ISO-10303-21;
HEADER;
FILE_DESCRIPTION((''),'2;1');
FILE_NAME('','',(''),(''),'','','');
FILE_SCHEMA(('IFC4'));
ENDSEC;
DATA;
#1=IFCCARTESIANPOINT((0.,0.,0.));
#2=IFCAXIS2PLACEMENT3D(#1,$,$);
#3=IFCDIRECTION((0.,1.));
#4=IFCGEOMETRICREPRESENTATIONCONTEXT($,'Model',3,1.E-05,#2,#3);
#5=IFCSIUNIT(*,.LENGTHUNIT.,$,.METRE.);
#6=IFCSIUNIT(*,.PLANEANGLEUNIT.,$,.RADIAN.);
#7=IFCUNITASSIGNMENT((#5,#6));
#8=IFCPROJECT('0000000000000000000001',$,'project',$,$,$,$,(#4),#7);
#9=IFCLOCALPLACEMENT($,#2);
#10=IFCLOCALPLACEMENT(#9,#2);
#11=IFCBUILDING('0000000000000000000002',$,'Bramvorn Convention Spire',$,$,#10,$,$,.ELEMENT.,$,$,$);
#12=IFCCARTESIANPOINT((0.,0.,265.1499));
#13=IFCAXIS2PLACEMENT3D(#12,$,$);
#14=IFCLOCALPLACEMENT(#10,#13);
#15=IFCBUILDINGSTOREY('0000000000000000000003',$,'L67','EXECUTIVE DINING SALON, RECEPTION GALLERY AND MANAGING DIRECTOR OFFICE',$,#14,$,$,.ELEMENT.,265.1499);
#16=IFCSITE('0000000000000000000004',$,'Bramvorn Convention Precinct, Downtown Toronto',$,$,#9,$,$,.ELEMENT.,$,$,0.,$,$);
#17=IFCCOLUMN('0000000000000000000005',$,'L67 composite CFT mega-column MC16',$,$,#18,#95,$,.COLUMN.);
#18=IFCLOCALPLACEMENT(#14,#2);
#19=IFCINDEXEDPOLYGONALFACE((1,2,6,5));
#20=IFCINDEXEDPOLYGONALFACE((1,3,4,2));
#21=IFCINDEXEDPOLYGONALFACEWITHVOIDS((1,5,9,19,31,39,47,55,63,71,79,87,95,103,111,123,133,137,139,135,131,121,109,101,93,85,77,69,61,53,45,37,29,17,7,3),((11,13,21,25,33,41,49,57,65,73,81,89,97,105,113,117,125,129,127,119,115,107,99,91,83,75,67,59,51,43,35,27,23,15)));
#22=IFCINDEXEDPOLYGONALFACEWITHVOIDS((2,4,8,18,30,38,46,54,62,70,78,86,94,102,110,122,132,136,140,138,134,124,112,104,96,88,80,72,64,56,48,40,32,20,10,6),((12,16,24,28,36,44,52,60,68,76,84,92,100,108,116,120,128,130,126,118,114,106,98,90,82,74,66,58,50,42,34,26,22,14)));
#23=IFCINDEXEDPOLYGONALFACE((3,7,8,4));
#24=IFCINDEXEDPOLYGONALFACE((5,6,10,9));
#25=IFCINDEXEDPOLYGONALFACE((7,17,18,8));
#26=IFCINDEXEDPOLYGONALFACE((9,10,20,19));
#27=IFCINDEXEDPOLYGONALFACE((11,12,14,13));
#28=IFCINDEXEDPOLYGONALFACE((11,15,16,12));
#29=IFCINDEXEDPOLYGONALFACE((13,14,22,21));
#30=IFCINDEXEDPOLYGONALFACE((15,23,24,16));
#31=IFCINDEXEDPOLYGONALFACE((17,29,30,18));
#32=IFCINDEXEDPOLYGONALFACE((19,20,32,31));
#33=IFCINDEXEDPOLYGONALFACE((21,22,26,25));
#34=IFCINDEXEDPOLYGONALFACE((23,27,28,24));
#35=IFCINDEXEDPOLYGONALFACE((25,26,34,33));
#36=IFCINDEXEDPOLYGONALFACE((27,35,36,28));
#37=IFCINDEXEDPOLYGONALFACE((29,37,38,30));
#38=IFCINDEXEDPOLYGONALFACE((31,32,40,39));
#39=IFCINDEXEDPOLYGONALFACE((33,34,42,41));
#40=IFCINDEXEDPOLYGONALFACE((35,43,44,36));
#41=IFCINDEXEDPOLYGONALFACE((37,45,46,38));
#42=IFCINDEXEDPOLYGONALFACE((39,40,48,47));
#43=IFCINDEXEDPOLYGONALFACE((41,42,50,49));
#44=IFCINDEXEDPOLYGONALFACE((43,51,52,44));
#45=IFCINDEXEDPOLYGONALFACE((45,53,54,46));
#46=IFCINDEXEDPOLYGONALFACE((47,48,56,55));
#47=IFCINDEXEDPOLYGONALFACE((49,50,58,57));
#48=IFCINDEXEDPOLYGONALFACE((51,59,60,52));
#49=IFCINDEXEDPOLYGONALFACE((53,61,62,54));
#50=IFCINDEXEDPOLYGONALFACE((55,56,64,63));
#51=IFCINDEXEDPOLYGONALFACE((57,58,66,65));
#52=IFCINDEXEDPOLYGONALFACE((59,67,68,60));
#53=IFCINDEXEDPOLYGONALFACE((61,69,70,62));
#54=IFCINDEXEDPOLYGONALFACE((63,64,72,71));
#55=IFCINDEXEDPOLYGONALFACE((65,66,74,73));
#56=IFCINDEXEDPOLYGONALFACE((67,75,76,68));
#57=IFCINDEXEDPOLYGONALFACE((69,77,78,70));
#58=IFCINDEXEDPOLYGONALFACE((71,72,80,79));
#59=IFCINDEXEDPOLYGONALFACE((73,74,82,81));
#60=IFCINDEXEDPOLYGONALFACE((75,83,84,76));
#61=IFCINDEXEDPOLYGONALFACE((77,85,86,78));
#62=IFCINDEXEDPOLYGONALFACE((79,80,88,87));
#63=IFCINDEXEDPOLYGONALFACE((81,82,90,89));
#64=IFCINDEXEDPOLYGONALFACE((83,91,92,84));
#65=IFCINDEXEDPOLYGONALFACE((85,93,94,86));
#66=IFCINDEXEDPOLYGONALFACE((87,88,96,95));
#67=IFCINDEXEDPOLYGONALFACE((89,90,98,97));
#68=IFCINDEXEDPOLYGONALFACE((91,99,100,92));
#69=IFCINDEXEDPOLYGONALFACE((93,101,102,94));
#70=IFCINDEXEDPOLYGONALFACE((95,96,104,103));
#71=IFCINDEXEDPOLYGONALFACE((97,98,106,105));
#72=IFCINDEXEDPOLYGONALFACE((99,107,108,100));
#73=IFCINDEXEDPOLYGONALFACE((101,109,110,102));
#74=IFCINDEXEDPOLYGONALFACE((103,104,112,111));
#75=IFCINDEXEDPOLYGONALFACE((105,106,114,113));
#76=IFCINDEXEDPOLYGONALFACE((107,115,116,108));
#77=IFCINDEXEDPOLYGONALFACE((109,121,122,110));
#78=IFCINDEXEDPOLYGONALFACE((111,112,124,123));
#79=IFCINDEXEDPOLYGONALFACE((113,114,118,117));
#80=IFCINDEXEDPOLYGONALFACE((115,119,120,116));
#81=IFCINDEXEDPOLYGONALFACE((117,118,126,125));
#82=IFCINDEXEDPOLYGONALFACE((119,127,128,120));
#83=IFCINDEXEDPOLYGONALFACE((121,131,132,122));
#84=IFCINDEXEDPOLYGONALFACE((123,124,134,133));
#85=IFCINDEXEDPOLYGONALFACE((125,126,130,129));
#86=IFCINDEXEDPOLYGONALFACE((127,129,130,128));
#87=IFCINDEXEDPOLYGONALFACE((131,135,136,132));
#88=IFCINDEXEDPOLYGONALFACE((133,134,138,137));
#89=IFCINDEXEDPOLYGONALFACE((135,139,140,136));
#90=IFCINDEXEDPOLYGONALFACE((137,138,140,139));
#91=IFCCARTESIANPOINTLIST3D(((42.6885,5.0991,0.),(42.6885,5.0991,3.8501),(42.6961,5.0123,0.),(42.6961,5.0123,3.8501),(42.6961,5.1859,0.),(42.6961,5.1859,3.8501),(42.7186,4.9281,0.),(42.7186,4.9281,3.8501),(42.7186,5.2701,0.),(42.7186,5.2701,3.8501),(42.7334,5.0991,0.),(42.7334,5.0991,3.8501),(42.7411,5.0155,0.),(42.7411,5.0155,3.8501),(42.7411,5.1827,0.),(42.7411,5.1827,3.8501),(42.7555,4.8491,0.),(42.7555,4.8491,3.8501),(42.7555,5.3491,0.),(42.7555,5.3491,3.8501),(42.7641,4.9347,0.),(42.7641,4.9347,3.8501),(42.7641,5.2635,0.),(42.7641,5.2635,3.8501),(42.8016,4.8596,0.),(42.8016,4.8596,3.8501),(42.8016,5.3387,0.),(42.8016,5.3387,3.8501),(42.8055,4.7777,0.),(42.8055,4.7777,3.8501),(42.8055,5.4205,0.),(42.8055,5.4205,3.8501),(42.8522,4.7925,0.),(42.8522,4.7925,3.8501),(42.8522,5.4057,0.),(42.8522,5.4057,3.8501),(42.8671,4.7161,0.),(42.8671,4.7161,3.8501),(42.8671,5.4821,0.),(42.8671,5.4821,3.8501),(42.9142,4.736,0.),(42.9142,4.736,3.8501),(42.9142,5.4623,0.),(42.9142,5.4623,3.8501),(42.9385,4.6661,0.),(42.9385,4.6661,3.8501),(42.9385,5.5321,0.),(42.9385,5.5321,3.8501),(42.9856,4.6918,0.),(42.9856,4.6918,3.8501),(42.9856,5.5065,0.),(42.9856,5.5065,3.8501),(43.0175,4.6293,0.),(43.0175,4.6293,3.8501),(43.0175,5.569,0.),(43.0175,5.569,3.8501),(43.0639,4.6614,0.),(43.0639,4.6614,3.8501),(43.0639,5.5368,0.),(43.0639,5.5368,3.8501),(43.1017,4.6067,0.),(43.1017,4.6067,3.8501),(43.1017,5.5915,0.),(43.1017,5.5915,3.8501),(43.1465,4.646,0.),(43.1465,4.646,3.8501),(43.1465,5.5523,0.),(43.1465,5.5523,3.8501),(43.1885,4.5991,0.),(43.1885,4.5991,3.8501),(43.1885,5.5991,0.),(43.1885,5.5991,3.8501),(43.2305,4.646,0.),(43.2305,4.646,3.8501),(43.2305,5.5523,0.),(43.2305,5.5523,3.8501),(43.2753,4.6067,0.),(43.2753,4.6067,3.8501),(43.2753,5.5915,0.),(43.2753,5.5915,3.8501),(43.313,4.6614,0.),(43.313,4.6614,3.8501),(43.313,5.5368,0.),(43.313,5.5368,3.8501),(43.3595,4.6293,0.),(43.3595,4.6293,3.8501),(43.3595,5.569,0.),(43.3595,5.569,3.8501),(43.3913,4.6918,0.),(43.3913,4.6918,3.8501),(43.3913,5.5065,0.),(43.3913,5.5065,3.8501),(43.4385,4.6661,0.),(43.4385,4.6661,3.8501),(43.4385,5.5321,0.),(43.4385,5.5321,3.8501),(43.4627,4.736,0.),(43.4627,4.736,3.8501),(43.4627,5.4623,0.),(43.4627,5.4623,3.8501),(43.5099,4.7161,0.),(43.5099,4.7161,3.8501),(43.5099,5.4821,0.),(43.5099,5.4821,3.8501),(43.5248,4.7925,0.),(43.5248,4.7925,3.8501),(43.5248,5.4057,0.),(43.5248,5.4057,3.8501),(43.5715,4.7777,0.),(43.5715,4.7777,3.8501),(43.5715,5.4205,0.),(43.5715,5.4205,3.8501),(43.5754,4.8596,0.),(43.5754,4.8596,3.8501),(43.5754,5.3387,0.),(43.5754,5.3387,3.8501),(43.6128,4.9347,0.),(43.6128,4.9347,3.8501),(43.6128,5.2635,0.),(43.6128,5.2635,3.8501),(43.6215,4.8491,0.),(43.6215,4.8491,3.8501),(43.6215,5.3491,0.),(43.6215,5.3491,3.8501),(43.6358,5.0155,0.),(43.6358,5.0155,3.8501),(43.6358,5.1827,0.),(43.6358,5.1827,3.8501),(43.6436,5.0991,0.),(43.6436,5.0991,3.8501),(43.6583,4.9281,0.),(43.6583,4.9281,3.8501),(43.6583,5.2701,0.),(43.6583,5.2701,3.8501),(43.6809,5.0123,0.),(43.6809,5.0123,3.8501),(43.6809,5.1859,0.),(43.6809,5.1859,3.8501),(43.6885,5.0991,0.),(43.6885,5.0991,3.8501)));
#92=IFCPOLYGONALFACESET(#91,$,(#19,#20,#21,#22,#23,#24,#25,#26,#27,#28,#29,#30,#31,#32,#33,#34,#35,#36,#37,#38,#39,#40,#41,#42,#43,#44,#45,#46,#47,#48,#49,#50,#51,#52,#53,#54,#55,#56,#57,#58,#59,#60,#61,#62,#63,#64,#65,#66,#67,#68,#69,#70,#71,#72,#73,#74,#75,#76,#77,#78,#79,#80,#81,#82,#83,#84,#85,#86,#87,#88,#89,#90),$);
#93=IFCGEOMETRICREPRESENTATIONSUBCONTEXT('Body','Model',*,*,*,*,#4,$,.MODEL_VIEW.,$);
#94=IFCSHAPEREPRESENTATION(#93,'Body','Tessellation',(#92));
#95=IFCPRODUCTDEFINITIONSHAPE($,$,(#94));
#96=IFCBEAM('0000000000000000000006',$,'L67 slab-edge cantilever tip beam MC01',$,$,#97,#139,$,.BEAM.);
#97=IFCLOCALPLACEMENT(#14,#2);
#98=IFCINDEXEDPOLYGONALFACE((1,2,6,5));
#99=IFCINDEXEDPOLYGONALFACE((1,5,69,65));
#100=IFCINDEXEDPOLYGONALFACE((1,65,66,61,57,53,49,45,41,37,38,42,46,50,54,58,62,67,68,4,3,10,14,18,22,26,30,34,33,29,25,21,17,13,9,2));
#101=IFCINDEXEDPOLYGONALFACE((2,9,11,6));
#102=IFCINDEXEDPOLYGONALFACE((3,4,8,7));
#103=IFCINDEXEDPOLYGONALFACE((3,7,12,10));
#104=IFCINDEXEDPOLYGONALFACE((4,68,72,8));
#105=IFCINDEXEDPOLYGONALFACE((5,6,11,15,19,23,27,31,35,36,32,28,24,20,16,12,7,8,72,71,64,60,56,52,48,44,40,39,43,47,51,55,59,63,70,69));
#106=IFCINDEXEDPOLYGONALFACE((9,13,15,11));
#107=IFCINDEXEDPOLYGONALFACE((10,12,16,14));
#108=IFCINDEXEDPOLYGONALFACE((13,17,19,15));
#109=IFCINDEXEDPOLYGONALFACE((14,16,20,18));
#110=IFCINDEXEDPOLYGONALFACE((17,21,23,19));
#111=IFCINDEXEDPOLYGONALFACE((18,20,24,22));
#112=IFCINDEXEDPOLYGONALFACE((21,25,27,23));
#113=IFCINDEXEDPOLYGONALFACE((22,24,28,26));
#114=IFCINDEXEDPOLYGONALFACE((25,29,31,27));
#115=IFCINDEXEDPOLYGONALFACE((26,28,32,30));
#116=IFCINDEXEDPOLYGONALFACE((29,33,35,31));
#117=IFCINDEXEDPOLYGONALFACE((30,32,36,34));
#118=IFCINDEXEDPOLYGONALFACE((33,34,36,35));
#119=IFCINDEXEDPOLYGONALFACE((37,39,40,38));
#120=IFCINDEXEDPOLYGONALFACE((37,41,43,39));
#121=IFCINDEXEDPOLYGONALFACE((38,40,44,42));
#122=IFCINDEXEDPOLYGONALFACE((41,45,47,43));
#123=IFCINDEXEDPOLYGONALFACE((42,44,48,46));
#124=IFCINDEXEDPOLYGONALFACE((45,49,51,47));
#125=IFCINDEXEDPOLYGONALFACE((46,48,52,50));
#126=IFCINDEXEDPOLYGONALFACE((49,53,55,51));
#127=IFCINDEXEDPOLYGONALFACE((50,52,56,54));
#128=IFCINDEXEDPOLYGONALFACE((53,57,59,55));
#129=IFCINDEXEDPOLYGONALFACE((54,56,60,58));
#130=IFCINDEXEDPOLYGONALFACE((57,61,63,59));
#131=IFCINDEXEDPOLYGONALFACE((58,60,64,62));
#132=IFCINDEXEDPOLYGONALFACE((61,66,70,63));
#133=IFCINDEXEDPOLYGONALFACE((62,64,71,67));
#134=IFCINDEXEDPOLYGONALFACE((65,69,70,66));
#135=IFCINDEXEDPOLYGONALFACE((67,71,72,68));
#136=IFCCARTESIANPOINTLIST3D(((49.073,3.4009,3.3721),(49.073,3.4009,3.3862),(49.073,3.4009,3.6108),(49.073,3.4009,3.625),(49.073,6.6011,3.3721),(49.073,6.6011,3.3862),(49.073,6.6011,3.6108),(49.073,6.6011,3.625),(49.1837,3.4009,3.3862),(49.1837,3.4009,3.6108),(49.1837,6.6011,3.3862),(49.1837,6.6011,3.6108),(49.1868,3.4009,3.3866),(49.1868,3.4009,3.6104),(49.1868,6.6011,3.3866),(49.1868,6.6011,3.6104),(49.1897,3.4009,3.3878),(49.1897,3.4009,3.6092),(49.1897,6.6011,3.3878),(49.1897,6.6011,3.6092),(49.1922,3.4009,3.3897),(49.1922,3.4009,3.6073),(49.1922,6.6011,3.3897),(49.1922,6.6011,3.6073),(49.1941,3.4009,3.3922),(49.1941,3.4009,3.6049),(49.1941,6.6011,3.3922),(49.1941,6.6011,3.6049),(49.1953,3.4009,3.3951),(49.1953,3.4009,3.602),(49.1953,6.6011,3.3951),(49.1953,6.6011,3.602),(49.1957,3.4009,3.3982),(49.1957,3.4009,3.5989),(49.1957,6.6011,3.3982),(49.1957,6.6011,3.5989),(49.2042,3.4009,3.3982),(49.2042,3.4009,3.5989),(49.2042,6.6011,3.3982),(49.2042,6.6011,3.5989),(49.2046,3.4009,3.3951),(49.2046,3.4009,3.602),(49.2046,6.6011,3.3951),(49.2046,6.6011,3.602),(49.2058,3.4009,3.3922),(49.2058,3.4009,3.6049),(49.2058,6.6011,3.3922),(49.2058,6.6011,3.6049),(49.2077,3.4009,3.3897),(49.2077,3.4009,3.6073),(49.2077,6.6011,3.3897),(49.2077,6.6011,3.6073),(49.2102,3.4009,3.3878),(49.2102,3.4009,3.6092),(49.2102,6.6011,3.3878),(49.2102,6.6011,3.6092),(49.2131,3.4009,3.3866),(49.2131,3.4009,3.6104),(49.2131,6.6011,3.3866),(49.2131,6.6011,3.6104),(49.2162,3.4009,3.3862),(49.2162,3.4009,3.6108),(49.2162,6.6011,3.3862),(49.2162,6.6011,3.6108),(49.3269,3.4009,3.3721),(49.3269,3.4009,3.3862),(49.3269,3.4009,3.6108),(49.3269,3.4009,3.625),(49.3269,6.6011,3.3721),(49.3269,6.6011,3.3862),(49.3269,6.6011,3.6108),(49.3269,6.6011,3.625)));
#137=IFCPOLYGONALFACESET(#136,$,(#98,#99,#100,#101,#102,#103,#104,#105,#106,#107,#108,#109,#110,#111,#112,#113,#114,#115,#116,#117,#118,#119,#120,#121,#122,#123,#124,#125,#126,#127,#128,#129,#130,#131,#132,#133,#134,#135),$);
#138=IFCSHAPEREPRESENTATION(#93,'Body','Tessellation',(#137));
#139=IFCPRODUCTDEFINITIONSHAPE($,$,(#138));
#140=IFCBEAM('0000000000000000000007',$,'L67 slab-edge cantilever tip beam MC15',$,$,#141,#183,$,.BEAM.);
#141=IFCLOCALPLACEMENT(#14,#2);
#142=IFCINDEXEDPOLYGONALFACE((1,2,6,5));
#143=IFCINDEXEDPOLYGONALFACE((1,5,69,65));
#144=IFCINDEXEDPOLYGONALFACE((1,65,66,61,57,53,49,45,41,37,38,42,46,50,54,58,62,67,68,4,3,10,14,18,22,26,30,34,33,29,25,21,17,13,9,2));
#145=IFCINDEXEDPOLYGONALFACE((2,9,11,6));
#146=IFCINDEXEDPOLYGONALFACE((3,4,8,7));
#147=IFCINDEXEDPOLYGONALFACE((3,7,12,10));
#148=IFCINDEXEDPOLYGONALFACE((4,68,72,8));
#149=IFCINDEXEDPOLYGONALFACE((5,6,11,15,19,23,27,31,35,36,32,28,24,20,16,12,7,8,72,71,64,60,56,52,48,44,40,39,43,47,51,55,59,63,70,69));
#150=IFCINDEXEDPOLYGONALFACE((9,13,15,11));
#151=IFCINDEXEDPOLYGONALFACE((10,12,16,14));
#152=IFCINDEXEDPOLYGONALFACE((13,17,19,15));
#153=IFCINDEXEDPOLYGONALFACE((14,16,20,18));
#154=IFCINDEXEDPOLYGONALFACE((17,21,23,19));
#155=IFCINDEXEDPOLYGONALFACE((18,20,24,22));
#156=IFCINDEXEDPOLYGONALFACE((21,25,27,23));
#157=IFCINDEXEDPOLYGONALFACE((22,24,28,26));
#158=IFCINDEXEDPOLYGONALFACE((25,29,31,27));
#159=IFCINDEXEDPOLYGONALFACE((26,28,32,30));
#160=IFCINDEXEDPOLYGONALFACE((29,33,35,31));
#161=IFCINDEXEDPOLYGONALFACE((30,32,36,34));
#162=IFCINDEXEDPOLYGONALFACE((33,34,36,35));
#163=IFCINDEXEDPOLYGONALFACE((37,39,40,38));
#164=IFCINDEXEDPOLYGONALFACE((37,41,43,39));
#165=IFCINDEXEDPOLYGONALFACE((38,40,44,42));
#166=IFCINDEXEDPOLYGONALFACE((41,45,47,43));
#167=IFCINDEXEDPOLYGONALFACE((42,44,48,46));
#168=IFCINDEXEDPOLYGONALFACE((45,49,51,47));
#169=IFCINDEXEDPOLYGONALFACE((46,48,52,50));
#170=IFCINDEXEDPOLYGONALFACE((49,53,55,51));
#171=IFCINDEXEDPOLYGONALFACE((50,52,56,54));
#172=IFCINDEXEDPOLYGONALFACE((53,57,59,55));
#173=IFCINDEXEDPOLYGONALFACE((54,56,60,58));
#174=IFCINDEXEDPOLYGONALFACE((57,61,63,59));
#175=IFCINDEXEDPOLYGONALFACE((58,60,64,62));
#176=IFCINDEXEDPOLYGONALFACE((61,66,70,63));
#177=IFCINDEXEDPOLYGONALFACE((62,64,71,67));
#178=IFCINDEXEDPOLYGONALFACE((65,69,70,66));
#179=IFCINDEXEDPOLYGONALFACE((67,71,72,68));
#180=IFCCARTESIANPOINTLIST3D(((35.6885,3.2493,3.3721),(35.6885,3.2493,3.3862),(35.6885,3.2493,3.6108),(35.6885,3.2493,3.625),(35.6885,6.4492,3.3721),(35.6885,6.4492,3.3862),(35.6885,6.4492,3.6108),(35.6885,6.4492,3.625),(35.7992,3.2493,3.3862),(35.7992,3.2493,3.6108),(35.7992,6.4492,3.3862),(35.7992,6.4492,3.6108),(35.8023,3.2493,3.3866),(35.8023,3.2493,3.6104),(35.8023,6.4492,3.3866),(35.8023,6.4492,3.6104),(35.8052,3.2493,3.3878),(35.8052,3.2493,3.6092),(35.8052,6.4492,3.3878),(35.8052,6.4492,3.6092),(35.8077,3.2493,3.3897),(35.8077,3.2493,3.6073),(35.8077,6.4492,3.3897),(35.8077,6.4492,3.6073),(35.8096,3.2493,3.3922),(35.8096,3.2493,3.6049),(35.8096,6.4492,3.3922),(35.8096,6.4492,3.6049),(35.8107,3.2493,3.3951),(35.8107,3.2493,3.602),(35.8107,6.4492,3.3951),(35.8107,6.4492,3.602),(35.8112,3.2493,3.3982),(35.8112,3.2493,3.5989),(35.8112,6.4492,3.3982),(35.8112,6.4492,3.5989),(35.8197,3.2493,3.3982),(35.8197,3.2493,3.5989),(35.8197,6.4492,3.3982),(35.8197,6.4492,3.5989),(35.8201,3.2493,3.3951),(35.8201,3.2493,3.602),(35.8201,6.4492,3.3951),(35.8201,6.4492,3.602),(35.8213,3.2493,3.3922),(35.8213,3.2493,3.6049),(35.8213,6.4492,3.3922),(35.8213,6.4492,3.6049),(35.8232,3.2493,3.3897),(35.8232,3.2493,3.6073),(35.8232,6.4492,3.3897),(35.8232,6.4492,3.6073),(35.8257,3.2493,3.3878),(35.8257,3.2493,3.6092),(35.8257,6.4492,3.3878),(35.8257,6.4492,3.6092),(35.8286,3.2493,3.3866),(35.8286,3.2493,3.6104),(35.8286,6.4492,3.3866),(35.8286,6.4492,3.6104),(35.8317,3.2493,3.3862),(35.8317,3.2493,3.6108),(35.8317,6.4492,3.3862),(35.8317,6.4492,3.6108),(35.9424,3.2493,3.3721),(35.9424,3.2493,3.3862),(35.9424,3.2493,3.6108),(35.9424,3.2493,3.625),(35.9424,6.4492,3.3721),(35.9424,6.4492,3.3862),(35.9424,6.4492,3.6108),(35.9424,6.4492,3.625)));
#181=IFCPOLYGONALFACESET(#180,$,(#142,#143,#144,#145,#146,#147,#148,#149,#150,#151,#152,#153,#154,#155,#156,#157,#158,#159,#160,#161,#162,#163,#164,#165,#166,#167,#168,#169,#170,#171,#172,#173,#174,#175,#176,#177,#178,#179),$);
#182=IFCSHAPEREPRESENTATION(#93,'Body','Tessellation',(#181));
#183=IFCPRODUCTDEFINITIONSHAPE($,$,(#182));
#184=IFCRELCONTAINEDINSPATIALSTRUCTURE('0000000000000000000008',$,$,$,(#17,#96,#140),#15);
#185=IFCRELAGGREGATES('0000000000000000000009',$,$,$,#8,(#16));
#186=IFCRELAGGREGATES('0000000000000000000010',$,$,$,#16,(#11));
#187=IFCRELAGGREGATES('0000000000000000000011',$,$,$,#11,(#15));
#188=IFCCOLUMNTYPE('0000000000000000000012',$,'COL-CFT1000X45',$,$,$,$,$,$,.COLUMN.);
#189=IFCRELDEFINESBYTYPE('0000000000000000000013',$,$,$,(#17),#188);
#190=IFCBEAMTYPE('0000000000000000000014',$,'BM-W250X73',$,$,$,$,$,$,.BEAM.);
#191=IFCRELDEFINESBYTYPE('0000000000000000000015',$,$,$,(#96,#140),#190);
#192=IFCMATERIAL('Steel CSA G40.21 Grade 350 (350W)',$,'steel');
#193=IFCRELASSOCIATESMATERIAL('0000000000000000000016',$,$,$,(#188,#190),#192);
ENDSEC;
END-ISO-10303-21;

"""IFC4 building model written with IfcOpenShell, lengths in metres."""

from ifc_helpers import new_model, si_unit, direction, frame, origin, origin_2d, place, context, subcontext, project, spatial, hollow_circle, i_section, extrude, material, material_profile, profile_set, type_object, element, save


model = new_model("IFC4")

# Units and contexts
model_context = context("Model", 3, precision=1e-05, world=origin(), true_north=direction((0.0, 1.0)))
body_context = subcontext(model_context, "Body", "Model", "MODEL_VIEW")
ifc_project = project(units=[si_unit("LENGTHUNIT", "METRE"), si_unit("PLANEANGLEUNIT", "RADIAN")], contexts=[model_context])

# Site, building, storey
site_placement = place(None, origin())
site = spatial("IfcSite", under=ifc_project, at=site_placement, Name="Bramvorn Convention Precinct, Downtown Toronto", CompositionType="ELEMENT", RefElevation=0.0)
building_placement = place(site_placement, origin())
building = spatial("IfcBuilding", under=site, at=building_placement, Name="Bramvorn Convention Spire", CompositionType="ELEMENT")
storey_placement = place(building_placement, frame((0.0, 0.0, 265.1499)))
storey = spatial("IfcBuildingStorey", under=building, at=storey_placement, Name="L67", Description="EXECUTIVE DINING SALON, RECEPTION GALLERY AND MANAGING DIRECTOR OFFICE", CompositionType="ELEMENT", Elevation=265.1499)

# Column
ifc_material_1 = material(Name="Steel CSA G40.21 Grade 350 (350W)", Category="steel")
ifc_material_profile_1 = material_profile(ifc_material_1, hollow_circle(Radius=0.5, WallThickness=0.0449, at=origin_2d()))
ifc_profile_set_1 = profile_set([ifc_material_profile_1], Name="Steel CSA G40.21 Grade 350 (350W) - CFT1000X45")
column_type = type_object("IfcColumnType", Name="COL-CFT1000X45", PredefinedType="COLUMN", material=ifc_profile_set_1)
for number, where, z_axis, x_axis, name in (
    (1, (43.1885, 5.0991, 0.0), (0.0, 0.0, 1.0), (1.0, 0.0, 0.0), "L67 composite CFT mega-column MC16"),
):
    element("IfcColumn", number, at=place(storey_placement, frame(where, z_axis=z_axis, x_axis=x_axis)), inside=storey, type_object=column_type, Name=name, PredefinedType="COLUMN", context=body_context, shape_type="SweptSolid", body=[
        extrude(hollow_circle(Radius=0.5, WallThickness=0.0449, at=origin_2d()), origin(), (0.0, 0.0, 1.0), 3.8501),
    ])

# Beams
ifc_material_profile_2 = material_profile(ifc_material_1, i_section(OverallWidth=0.2539, OverallDepth=0.2529, WebThickness=0.0085, FlangeThickness=0.0142, FilletRadius=0.012, at=origin_2d()))
ifc_profile_set_2 = profile_set([ifc_material_profile_2], Name="Steel CSA G40.21 Grade 350 (350W) - W250X73")
beam_type_1 = type_object("IfcBeamType", Name="BM-W250X73", PredefinedType="BEAM", material=ifc_profile_set_2)
beam_1_placement = place(storey_placement, frame((49.2, 6.6011, 3.4985), z_axis=(0.0, -1.0, 0.0), x_axis=(1.0, 0.0, 0.0)))
element("IfcBeam", 2, at=beam_1_placement, inside=storey, type_object=beam_type_1, Name="L67 slab-edge cantilever tip beam MC01", PredefinedType="BEAM", context=body_context, shape_type="SweptSolid", body=[
    extrude(i_section(OverallWidth=0.2539, OverallDepth=0.2529, WebThickness=0.0085, FlangeThickness=0.0142, FilletRadius=0.012, at=origin_2d()), origin(), (0.0, 0.0, 1.0), 3.2002),
])
for number, where, z_axis, x_axis, name in (
    (3, (35.8154, 6.4492, 3.4985), (0.0, -1.0, 0.0), (1.0, 0.0, 0.0), "L67 slab-edge cantilever tip beam MC15"),
):
    element("IfcBeam", number, at=place(storey_placement, frame(where, z_axis=z_axis, x_axis=x_axis)), inside=storey, type_object=beam_type_1, Name=name, PredefinedType="BEAM", context=body_context, shape_type="SweptSolid", body=[
        extrude(i_section(OverallWidth=0.2539, OverallDepth=0.2529, WebThickness=0.0085, FlangeThickness=0.0142, FilletRadius=0.012, at=origin_2d()), origin(), (0.0, 0.0, 1.0), 3.2),
    ])

save(model, "model.ifc")
